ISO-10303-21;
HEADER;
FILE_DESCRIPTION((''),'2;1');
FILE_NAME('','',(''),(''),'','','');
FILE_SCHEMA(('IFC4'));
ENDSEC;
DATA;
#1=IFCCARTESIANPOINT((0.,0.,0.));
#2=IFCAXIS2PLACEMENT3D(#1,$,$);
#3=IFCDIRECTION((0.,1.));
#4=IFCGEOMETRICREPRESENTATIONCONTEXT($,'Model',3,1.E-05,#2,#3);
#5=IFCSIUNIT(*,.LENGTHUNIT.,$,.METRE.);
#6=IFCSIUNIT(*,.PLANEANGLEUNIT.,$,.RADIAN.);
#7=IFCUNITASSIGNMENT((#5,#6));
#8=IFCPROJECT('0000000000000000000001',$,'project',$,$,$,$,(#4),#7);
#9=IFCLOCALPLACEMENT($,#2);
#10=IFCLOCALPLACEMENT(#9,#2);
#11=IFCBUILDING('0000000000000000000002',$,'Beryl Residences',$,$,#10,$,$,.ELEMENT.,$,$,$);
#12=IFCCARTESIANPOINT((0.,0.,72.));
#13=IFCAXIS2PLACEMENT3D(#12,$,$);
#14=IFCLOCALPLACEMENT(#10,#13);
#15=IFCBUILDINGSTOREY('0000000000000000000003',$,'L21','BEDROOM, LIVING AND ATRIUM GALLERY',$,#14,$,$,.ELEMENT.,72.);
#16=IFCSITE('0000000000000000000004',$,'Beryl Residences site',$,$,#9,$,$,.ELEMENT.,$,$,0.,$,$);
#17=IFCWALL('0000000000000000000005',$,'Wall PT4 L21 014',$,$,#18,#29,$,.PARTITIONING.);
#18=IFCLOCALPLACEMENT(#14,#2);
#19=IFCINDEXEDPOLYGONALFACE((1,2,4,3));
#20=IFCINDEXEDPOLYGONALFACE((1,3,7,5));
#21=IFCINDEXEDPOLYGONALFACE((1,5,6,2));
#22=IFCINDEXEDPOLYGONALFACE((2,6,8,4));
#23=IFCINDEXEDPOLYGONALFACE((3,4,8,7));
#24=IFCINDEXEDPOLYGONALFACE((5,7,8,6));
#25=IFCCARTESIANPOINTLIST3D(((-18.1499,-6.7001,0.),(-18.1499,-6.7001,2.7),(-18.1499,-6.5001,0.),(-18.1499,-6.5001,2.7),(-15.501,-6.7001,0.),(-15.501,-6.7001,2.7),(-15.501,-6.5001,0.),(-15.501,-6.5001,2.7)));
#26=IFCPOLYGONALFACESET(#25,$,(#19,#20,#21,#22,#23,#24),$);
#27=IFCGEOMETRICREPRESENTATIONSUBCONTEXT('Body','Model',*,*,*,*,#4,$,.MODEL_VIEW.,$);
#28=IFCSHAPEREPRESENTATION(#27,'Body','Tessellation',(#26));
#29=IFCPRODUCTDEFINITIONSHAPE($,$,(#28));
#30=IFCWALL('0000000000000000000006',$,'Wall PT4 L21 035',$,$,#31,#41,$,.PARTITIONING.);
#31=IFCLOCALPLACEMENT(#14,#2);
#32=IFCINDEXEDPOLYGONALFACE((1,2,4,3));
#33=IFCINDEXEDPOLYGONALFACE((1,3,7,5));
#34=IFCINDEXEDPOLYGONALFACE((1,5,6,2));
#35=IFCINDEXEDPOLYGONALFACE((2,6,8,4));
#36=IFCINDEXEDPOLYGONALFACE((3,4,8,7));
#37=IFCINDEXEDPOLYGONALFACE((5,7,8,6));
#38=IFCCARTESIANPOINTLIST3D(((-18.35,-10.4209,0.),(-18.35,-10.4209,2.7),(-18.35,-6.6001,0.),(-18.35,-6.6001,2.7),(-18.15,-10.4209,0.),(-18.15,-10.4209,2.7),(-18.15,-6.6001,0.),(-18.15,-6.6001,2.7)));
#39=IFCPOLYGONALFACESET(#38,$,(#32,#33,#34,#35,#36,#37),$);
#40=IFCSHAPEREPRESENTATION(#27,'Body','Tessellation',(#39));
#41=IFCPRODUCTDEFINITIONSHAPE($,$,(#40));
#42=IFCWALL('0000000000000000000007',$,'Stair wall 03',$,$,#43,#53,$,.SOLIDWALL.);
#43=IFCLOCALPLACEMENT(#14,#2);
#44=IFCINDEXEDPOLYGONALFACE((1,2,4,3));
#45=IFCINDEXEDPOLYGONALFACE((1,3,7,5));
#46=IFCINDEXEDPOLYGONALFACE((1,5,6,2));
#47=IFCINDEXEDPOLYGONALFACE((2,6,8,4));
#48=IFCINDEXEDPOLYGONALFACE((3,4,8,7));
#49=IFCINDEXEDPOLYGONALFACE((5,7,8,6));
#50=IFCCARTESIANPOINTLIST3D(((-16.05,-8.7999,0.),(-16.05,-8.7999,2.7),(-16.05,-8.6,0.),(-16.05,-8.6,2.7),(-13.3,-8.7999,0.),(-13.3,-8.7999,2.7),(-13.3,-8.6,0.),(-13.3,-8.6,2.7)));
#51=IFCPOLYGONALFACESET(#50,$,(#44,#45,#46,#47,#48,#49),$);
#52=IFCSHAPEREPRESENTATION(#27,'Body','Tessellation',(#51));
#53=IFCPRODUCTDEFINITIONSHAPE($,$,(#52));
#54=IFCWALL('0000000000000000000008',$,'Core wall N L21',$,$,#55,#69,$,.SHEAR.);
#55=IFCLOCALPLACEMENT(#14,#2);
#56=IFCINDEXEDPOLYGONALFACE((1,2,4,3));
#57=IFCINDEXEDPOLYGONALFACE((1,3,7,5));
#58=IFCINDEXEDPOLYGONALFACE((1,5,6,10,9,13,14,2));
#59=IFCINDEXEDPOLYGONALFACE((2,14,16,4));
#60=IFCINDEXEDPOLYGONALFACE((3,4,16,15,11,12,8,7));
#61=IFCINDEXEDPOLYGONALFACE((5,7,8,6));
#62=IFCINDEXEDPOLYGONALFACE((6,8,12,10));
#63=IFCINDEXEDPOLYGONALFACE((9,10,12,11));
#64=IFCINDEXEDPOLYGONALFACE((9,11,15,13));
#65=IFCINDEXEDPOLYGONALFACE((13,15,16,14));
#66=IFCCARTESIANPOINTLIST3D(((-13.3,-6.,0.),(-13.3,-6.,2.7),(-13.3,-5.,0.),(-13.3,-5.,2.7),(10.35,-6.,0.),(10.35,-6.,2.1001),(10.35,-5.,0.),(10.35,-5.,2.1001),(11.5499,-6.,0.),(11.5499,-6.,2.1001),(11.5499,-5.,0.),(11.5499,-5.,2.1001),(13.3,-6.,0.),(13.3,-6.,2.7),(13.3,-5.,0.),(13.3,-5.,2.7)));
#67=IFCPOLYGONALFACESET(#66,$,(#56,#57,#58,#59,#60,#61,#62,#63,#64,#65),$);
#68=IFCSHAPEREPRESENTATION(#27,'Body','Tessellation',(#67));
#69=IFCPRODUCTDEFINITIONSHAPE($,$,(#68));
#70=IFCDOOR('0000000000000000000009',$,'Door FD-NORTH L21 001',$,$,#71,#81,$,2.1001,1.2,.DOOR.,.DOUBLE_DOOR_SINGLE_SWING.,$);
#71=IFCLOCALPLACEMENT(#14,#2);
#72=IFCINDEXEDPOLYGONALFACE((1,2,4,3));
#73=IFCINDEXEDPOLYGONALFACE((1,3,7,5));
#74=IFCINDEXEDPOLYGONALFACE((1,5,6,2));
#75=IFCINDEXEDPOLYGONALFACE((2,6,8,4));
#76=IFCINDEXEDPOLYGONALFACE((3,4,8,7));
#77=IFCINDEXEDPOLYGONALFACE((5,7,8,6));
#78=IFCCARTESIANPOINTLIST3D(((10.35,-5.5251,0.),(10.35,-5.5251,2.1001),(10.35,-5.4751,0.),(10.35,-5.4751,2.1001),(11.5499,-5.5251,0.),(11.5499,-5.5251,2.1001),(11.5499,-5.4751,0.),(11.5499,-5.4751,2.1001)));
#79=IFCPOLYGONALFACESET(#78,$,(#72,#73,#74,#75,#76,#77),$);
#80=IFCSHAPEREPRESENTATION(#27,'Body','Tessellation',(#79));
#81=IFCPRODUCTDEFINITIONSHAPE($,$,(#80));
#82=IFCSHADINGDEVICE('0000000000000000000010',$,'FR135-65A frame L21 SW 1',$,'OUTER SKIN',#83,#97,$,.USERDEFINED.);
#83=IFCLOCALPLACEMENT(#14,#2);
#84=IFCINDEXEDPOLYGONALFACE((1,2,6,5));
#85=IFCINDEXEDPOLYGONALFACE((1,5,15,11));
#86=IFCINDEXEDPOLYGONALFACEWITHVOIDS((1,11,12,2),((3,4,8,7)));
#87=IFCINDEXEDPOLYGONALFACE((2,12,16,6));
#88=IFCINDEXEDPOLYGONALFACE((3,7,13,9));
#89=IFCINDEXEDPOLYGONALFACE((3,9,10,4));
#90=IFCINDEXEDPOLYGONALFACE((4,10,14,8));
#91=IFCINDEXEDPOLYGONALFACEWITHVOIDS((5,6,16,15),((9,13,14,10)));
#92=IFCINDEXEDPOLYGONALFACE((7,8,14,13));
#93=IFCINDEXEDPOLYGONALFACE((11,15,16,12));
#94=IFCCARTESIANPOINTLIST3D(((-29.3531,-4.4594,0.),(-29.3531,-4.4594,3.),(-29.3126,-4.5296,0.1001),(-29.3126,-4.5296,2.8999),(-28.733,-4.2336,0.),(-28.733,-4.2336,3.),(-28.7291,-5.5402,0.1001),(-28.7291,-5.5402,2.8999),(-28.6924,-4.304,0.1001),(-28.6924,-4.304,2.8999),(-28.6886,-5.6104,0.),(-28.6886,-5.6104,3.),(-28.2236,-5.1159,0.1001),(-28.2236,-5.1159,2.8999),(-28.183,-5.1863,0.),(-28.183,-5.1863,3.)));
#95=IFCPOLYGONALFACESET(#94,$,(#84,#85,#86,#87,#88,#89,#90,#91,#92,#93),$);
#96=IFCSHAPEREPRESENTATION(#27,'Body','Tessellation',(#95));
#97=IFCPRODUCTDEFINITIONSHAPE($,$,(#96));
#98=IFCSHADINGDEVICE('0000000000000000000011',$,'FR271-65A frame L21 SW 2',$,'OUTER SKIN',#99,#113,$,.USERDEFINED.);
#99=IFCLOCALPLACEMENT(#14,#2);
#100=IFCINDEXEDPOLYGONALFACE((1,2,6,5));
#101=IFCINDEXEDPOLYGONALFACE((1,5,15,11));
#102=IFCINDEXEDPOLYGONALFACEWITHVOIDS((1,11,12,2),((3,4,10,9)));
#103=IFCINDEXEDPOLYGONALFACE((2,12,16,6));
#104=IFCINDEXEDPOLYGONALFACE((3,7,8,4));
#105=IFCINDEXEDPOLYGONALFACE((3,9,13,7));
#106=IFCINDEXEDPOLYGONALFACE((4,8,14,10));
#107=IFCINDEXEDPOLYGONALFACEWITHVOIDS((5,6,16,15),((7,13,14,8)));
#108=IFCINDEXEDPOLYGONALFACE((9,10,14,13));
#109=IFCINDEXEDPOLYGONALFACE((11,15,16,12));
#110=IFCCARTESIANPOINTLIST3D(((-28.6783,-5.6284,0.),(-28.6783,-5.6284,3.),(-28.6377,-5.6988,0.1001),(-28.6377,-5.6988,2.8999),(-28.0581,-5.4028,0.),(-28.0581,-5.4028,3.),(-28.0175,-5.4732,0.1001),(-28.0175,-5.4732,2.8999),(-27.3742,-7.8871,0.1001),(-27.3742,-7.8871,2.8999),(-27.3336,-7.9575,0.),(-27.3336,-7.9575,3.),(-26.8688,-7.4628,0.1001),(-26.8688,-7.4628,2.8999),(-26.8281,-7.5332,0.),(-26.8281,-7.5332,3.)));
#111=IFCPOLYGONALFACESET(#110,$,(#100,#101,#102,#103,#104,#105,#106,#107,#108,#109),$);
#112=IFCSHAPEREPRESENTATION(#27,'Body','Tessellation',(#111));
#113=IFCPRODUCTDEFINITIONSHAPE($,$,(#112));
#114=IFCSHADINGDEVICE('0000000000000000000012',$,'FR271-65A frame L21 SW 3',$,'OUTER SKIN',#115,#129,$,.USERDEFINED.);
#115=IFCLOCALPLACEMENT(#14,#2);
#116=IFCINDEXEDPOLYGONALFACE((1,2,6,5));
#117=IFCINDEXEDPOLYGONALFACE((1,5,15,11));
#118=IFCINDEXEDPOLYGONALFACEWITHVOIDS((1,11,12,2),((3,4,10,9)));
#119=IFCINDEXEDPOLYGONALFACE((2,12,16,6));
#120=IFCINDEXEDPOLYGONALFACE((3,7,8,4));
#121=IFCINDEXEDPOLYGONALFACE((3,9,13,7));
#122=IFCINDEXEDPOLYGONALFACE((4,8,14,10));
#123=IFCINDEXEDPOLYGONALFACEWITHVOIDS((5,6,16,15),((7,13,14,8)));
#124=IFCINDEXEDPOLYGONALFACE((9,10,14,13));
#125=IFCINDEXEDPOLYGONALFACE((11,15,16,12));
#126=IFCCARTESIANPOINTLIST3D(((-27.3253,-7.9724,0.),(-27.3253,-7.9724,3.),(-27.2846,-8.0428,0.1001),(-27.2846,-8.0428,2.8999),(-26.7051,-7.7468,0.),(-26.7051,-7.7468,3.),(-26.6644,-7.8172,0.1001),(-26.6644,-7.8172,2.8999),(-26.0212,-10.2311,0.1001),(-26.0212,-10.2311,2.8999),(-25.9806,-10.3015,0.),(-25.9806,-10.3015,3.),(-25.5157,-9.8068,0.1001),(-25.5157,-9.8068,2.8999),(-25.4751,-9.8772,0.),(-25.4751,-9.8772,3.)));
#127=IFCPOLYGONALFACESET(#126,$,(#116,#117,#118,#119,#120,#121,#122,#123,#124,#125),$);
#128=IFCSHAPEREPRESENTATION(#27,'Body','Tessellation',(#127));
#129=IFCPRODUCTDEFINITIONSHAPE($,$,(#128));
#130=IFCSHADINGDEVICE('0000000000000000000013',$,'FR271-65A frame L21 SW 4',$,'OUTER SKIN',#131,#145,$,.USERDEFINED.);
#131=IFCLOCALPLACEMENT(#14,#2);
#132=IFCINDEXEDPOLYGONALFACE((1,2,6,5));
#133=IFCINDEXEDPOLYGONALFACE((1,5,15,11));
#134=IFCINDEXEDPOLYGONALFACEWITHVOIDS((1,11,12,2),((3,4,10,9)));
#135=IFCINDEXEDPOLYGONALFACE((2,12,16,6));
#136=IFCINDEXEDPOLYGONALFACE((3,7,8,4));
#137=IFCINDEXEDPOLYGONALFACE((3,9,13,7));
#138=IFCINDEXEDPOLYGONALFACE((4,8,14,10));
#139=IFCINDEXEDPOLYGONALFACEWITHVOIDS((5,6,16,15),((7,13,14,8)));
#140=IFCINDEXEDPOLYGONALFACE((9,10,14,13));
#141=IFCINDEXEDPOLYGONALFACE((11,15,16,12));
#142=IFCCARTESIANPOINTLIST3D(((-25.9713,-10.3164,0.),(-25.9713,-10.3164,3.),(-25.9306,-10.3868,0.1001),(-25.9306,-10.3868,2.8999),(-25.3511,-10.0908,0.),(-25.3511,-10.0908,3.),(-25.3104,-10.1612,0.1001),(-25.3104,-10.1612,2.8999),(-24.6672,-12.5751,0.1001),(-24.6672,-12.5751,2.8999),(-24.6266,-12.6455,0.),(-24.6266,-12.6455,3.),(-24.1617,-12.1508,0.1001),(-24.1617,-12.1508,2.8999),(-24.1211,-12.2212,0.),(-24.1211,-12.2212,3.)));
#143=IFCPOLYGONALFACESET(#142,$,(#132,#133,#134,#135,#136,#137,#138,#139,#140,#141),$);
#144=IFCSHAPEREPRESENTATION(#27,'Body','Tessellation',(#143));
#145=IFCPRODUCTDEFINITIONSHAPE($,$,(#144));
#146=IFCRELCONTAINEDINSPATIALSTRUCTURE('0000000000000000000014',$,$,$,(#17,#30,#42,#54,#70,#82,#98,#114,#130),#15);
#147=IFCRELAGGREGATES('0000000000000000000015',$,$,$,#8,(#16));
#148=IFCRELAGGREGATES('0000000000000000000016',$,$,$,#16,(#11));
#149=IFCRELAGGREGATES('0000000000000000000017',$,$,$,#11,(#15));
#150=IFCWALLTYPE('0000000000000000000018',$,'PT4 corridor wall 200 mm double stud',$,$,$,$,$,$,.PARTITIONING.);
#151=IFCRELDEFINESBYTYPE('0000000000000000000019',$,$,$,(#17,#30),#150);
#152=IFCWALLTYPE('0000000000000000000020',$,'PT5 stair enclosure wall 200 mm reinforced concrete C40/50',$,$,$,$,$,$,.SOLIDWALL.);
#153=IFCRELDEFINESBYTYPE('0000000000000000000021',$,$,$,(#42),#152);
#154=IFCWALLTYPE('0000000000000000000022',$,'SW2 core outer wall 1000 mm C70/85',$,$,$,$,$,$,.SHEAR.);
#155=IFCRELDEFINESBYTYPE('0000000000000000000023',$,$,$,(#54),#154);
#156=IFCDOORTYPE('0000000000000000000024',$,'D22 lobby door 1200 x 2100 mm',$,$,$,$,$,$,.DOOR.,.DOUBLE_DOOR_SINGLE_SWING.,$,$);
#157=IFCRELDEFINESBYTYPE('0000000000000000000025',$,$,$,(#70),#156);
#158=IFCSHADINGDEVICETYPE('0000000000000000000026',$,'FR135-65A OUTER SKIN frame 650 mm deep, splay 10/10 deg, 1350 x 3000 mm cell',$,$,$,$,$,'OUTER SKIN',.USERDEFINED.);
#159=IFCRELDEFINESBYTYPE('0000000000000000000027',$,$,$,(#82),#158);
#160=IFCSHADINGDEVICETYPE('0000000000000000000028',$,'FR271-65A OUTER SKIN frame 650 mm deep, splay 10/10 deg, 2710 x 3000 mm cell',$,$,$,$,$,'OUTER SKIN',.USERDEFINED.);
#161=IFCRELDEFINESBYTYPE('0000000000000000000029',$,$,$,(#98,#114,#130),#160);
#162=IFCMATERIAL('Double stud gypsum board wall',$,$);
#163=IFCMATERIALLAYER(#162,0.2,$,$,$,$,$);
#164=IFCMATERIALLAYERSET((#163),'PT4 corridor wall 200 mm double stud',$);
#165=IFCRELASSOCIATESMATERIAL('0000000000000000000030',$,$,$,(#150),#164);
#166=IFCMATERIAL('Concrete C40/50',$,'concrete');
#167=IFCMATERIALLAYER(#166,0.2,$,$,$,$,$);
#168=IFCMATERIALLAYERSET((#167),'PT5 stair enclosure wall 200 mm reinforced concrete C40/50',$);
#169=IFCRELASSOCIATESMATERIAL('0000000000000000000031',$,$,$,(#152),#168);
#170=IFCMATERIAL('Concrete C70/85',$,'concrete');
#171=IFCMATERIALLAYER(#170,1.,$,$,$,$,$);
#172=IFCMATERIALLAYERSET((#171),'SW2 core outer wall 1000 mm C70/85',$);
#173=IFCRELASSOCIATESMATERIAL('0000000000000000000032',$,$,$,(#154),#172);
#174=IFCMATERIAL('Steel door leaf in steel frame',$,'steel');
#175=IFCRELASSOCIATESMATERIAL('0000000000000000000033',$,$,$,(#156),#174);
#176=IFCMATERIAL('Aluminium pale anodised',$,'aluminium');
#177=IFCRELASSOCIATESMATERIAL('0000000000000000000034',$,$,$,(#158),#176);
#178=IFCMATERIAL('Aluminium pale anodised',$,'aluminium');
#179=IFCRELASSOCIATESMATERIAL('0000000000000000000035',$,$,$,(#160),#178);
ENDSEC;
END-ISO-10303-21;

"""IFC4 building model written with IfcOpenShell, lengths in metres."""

from ifc_helpers import new_model, entity, si_unit, direction, frame, frame_2d, origin, place, context, subcontext, project, spatial, rectangle, extrude, source, transform, mapped, material, layer, layer_set, type_object, type_shapes, element, fill, save


model = new_model("IFC4")

# Units and contexts
model_context = context("Model", 3, precision=1e-05, world=origin(), true_north=direction((0.0, 1.0)))
body_context = subcontext(model_context, "Body", "Model", "MODEL_VIEW")
ifc_project = project(units=[si_unit("LENGTHUNIT", "METRE"), si_unit("PLANEANGLEUNIT", "RADIAN")], contexts=[model_context])

# Site, building, storey
site_placement = place(None, origin())
site = spatial("IfcSite", under=ifc_project, at=site_placement, Name="Beryl Residences site", CompositionType="ELEMENT", RefElevation=0.0)
building_placement = place(site_placement, origin())
building = spatial("IfcBuilding", under=site, at=building_placement, Name="Beryl Residences", CompositionType="ELEMENT")
storey_placement = place(building_placement, frame((0.0, 0.0, 72.0)))
storey = spatial("IfcBuildingStorey", under=building, at=storey_placement, Name="L21", Description="BEDROOM, LIVING AND ATRIUM GALLERY", CompositionType="ELEMENT", Elevation=72.0)

# Walls
ifc_material_1 = material(Name="Double stud gypsum board wall")
ifc_layer_1 = layer(ifc_material_1, 0.2)
ifc_layer_set_1 = layer_set([ifc_layer_1], Name="PT4 corridor wall 200 mm double stud")
wall_type_1 = type_object("IfcWallType", Name="PT4 corridor wall 200 mm double stud", PredefinedType="PARTITIONING", material=ifc_layer_set_1)
wall_1_placement = place(storey_placement, frame((-18.1499, -6.6001, 0.0), z_axis=(0.0, 0.0, 1.0), x_axis=(1.0, 0.0, 0.0)))
element("IfcWall", 1, at=wall_1_placement, inside=storey, type_object=wall_type_1, Name="Wall PT4 L21 014", PredefinedType="PARTITIONING", context=body_context, shape_type="SweptSolid", body=[
    extrude(rectangle(XDim=2.6489, YDim=0.2, at=frame_2d((1.3245, 0.0))), origin(), (0.0, 0.0, 1.0), 2.7),
])
wall_2_placement = place(storey_placement, frame((-18.25, -10.4209, 0.0), z_axis=(0.0, 0.0, 1.0), x_axis=(0.0, 1.0, 0.0)))
element("IfcWall", 2, at=wall_2_placement, inside=storey, type_object=wall_type_1, Name="Wall PT4 L21 035", PredefinedType="PARTITIONING", context=body_context, shape_type="SweptSolid", body=[
    extrude(rectangle(XDim=3.8208, YDim=0.2, at=frame_2d((1.9104, 0.0))), origin(), (0.0, 0.0, 1.0), 2.7),
])
ifc_material_2 = material(Name="Concrete C40/50", Category="concrete")
ifc_layer_2 = layer(ifc_material_2, 0.2)
ifc_layer_set_2 = layer_set([ifc_layer_2], Name="PT5 stair enclosure wall 200 mm reinforced concrete C40/50")
wall_type_2 = type_object("IfcWallType", Name="PT5 stair enclosure wall 200 mm reinforced concrete C40/50", PredefinedType="SOLIDWALL", material=ifc_layer_set_2)
wall_3_placement = place(storey_placement, frame((-16.05, -8.7, 0.0), z_axis=(0.0, 0.0, 1.0), x_axis=(1.0, 0.0, 0.0)))
element("IfcWall", 3, at=wall_3_placement, inside=storey, type_object=wall_type_2, Name="Stair wall 03", PredefinedType="SOLIDWALL", context=body_context, shape_type="SweptSolid", body=[
    extrude(rectangle(XDim=2.75, YDim=0.2, at=frame_2d((1.375, 0.0))), origin(), (0.0, 0.0, 1.0), 2.7),
])

# Wall, opening, door
ifc_material_3 = material(Name="Concrete C70/85", Category="concrete")
ifc_layer_3 = layer(ifc_material_3, 1.0)
ifc_layer_set_3 = layer_set([ifc_layer_3], Name="SW2 core outer wall 1000 mm C70/85")
wall_type_3 = type_object("IfcWallType", Name="SW2 core outer wall 1000 mm C70/85", PredefinedType="SHEAR", material=ifc_layer_set_3)
wall_4_placement = place(storey_placement, frame((-13.3, -5.5, 0.0), z_axis=(0.0, 0.0, 1.0), x_axis=(1.0, 0.0, 0.0)))
wall_4 = element("IfcWall", 4, at=wall_4_placement, inside=storey, type_object=wall_type_3, Name="Core wall N L21", PredefinedType="SHEAR", context=body_context, shape_type="SweptSolid", body=[
    extrude(rectangle(XDim=26.6001, YDim=1.0, at=frame_2d((13.3, 0.0))), origin(), (0.0, 0.0, 1.0), 2.7),
])
opening_1_placement = place(wall_4_placement, frame((23.6499, 0.0, 0.0)))
opening_1 = element("IfcOpeningElement", 5, at=opening_1_placement, cuts=wall_4, PredefinedType="OPENING", context=body_context, shape_type="SweptSolid", body=[
    extrude(rectangle(XDim=1.2, YDim=2.1001, at=frame_2d((0.6001, 1.05))), frame((0.0, 0.51, 0.0), z_axis=(0.0, -1.0, 0.0), x_axis=(1.0, 0.0, 0.0)), (0.0, 0.0, 1.0), 1.02),
])
ifc_material_4 = material(Name="Steel door leaf in steel frame", Category="steel")
door_type_1 = type_object("IfcDoorType", Name="D22 lobby door 1200 x 2100 mm", OperationType="DOUBLE_DOOR_SINGLE_SWING", PredefinedType="DOOR", material=ifc_material_4)
door_1_placement = place(opening_1_placement, origin())
door_1 = element("IfcDoor", 6, at=door_1_placement, inside=storey, type_object=door_type_1, Name="Door FD-NORTH L21 001", OperationType="DOUBLE_DOOR_SINGLE_SWING", OverallHeight=2.1001, OverallWidth=1.2, PredefinedType="DOOR", context=body_context, shape_type="SweptSolid", body=[
    extrude(rectangle(XDim=1.2, YDim=2.1001, at=frame_2d((0.6001, 1.05))), frame((0.0, 0.0249, 0.0), z_axis=(0.0, -1.0, 0.0), x_axis=(1.0, 0.0, 0.0)), (0.0, 0.0, 1.0), 0.05),
])
fill(opening_1, door_1)

# Shading devices
ifc_material_5 = material(Name="Aluminium pale anodised", Category="aluminium")
shading_device_type_1 = type_object("IfcShadingDeviceType", Name="FR135-65A OUTER SKIN frame 650 mm deep, splay 10/10 deg, 1350 x 3000 mm cell", ElementType="OUTER SKIN", PredefinedType="USERDEFINED", material=ifc_material_5)
cartesian_point_1 = entity("IfcCartesianPoint", [-0.55, 0.0])
cartesian_point_2 = entity("IfcCartesianPoint", [-0.4688, 0.1001])
cartesian_point_3 = entity("IfcCartesianPoint", [-0.6646, 0.0])
cartesian_point_4 = entity("IfcCartesianPoint", [-0.5835, 0.1001])
shared_shape_1 = source(origin(), body_context, "Body", "SweptSolid", [
    entity("IfcExtrudedAreaSolidTapered", entity("IfcArbitraryProfileDefWithVoids", "AREA", None, entity("IfcPolyline", [cartesian_point_1, entity("IfcCartesianPoint", [0.55, 0.0]), entity("IfcCartesianPoint", [0.55, 3.0]), entity("IfcCartesianPoint", [-0.55, 3.0]), cartesian_point_1]), [entity("IfcPolyline", [cartesian_point_2, entity("IfcCartesianPoint", [0.4688, 0.1001]), entity("IfcCartesianPoint", [0.4688, 2.8999]), entity("IfcCartesianPoint", [-0.4688, 2.8999]), cartesian_point_2])]), entity("IfcAxis2Placement3D", entity("IfcCartesianPoint", [0.0, 0.0, 0.0]), entity("IfcDirection", [0.0, 1.0, 0.0]), entity("IfcDirection", [-1.0, 0.0, 0.0])), entity("IfcDirection", [0.0, 0.0, 1.0]), 0.6499, entity("IfcArbitraryProfileDefWithVoids", "AREA", None, entity("IfcPolyline", [cartesian_point_3, entity("IfcCartesianPoint", [0.6646, 0.0]), entity("IfcCartesianPoint", [0.6646, 3.0]), entity("IfcCartesianPoint", [-0.6646, 3.0]), cartesian_point_3]), [entity("IfcPolyline", [cartesian_point_4, entity("IfcCartesianPoint", [0.5835, 0.1001]), entity("IfcCartesianPoint", [0.5835, 2.8999]), entity("IfcCartesianPoint", [-0.5835, 2.8999]), cartesian_point_4])])),
])
type_shapes(shading_device_type_1, [shared_shape_1])
shading_device_placement = place(storey_placement, frame((-28.458, -4.71, 0.0), z_axis=(0.0, 0.0, 1.0), x_axis=(-0.5, 0.866025, 0.0)))
element("IfcShadingDevice", 7, at=shading_device_placement, inside=storey, type_object=shading_device_type_1, Name="FR135-65A frame L21 SW 1", ObjectType="OUTER SKIN", PredefinedType="USERDEFINED", context=body_context, shape_type="MappedRepresentation", body=[
    mapped(shared_shape_1, transform((0.0, 0.0, 0.0))),
])
ifc_material_6 = material(Name="Aluminium pale anodised", Category="aluminium")
shading_device_type_2 = type_object("IfcShadingDeviceType", Name="FR271-65A OUTER SKIN frame 650 mm deep, splay 10/10 deg, 2710 x 3000 mm cell", ElementType="OUTER SKIN", PredefinedType="USERDEFINED", material=ifc_material_6)
cartesian_point_5 = entity("IfcCartesianPoint", [-1.23, 0.0])
cartesian_point_6 = entity("IfcCartesianPoint", [-1.1487, 0.1001])
cartesian_point_7 = entity("IfcCartesianPoint", [-1.3447, 0.0])
cartesian_point_8 = entity("IfcCartesianPoint", [-1.2634, 0.1001])
shared_shape_2 = source(origin(), body_context, "Body", "SweptSolid", [
    entity("IfcExtrudedAreaSolidTapered", entity("IfcArbitraryProfileDefWithVoids", "AREA", None, entity("IfcPolyline", [cartesian_point_5, entity("IfcCartesianPoint", [1.23, 0.0]), entity("IfcCartesianPoint", [1.23, 3.0]), entity("IfcCartesianPoint", [-1.23, 3.0]), cartesian_point_5]), [entity("IfcPolyline", [cartesian_point_6, entity("IfcCartesianPoint", [1.1487, 0.1001]), entity("IfcCartesianPoint", [1.1487, 2.8999]), entity("IfcCartesianPoint", [-1.1487, 2.8999]), cartesian_point_6])]), entity("IfcAxis2Placement3D", entity("IfcCartesianPoint", [0.0, 0.0, 0.0]), entity("IfcDirection", [0.0, 1.0, 0.0]), entity("IfcDirection", [-1.0, 0.0, 0.0])), entity("IfcDirection", [0.0, 0.0, 1.0]), 0.6499, entity("IfcArbitraryProfileDefWithVoids", "AREA", None, entity("IfcPolyline", [cartesian_point_7, entity("IfcCartesianPoint", [1.3447, 0.0]), entity("IfcCartesianPoint", [1.3447, 3.0]), entity("IfcCartesianPoint", [-1.3447, 3.0]), cartesian_point_7]), [entity("IfcPolyline", [cartesian_point_8, entity("IfcCartesianPoint", [1.2634, 0.1001]), entity("IfcCartesianPoint", [1.2634, 2.8999]), entity("IfcCartesianPoint", [-1.2634, 2.8999]), cartesian_point_8])])),
])
type_shapes(shading_device_type_2, [shared_shape_2])
for number, where, z_axis, x_axis, name in (
    (8, (-27.4431, -6.468, 0.0), (0.0, 0.0, 1.0), (-0.5, 0.866025, 0.0), "FR271-65A frame L21 SW 2"),
    (9, (-26.0901, -8.812, 0.0), (0.0, 0.0, 1.0), (-0.5, 0.866025, 0.0), "FR271-65A frame L21 SW 3"),
    (10, (-24.7361, -11.156, 0.0), (0.0, 0.0, 1.0), (-0.5, 0.866025, 0.0), "FR271-65A frame L21 SW 4"),
):
    element("IfcShadingDevice", number, at=place(storey_placement, frame(where, z_axis=z_axis, x_axis=x_axis)), inside=storey, type_object=shading_device_type_2, Name=name, ObjectType="OUTER SKIN", PredefinedType="USERDEFINED", context=body_context, shape_type="MappedRepresentation", body=[
        mapped(shared_shape_2, transform((0.0, 0.0, 0.0))),
    ])

save(model, "model.ifc")
